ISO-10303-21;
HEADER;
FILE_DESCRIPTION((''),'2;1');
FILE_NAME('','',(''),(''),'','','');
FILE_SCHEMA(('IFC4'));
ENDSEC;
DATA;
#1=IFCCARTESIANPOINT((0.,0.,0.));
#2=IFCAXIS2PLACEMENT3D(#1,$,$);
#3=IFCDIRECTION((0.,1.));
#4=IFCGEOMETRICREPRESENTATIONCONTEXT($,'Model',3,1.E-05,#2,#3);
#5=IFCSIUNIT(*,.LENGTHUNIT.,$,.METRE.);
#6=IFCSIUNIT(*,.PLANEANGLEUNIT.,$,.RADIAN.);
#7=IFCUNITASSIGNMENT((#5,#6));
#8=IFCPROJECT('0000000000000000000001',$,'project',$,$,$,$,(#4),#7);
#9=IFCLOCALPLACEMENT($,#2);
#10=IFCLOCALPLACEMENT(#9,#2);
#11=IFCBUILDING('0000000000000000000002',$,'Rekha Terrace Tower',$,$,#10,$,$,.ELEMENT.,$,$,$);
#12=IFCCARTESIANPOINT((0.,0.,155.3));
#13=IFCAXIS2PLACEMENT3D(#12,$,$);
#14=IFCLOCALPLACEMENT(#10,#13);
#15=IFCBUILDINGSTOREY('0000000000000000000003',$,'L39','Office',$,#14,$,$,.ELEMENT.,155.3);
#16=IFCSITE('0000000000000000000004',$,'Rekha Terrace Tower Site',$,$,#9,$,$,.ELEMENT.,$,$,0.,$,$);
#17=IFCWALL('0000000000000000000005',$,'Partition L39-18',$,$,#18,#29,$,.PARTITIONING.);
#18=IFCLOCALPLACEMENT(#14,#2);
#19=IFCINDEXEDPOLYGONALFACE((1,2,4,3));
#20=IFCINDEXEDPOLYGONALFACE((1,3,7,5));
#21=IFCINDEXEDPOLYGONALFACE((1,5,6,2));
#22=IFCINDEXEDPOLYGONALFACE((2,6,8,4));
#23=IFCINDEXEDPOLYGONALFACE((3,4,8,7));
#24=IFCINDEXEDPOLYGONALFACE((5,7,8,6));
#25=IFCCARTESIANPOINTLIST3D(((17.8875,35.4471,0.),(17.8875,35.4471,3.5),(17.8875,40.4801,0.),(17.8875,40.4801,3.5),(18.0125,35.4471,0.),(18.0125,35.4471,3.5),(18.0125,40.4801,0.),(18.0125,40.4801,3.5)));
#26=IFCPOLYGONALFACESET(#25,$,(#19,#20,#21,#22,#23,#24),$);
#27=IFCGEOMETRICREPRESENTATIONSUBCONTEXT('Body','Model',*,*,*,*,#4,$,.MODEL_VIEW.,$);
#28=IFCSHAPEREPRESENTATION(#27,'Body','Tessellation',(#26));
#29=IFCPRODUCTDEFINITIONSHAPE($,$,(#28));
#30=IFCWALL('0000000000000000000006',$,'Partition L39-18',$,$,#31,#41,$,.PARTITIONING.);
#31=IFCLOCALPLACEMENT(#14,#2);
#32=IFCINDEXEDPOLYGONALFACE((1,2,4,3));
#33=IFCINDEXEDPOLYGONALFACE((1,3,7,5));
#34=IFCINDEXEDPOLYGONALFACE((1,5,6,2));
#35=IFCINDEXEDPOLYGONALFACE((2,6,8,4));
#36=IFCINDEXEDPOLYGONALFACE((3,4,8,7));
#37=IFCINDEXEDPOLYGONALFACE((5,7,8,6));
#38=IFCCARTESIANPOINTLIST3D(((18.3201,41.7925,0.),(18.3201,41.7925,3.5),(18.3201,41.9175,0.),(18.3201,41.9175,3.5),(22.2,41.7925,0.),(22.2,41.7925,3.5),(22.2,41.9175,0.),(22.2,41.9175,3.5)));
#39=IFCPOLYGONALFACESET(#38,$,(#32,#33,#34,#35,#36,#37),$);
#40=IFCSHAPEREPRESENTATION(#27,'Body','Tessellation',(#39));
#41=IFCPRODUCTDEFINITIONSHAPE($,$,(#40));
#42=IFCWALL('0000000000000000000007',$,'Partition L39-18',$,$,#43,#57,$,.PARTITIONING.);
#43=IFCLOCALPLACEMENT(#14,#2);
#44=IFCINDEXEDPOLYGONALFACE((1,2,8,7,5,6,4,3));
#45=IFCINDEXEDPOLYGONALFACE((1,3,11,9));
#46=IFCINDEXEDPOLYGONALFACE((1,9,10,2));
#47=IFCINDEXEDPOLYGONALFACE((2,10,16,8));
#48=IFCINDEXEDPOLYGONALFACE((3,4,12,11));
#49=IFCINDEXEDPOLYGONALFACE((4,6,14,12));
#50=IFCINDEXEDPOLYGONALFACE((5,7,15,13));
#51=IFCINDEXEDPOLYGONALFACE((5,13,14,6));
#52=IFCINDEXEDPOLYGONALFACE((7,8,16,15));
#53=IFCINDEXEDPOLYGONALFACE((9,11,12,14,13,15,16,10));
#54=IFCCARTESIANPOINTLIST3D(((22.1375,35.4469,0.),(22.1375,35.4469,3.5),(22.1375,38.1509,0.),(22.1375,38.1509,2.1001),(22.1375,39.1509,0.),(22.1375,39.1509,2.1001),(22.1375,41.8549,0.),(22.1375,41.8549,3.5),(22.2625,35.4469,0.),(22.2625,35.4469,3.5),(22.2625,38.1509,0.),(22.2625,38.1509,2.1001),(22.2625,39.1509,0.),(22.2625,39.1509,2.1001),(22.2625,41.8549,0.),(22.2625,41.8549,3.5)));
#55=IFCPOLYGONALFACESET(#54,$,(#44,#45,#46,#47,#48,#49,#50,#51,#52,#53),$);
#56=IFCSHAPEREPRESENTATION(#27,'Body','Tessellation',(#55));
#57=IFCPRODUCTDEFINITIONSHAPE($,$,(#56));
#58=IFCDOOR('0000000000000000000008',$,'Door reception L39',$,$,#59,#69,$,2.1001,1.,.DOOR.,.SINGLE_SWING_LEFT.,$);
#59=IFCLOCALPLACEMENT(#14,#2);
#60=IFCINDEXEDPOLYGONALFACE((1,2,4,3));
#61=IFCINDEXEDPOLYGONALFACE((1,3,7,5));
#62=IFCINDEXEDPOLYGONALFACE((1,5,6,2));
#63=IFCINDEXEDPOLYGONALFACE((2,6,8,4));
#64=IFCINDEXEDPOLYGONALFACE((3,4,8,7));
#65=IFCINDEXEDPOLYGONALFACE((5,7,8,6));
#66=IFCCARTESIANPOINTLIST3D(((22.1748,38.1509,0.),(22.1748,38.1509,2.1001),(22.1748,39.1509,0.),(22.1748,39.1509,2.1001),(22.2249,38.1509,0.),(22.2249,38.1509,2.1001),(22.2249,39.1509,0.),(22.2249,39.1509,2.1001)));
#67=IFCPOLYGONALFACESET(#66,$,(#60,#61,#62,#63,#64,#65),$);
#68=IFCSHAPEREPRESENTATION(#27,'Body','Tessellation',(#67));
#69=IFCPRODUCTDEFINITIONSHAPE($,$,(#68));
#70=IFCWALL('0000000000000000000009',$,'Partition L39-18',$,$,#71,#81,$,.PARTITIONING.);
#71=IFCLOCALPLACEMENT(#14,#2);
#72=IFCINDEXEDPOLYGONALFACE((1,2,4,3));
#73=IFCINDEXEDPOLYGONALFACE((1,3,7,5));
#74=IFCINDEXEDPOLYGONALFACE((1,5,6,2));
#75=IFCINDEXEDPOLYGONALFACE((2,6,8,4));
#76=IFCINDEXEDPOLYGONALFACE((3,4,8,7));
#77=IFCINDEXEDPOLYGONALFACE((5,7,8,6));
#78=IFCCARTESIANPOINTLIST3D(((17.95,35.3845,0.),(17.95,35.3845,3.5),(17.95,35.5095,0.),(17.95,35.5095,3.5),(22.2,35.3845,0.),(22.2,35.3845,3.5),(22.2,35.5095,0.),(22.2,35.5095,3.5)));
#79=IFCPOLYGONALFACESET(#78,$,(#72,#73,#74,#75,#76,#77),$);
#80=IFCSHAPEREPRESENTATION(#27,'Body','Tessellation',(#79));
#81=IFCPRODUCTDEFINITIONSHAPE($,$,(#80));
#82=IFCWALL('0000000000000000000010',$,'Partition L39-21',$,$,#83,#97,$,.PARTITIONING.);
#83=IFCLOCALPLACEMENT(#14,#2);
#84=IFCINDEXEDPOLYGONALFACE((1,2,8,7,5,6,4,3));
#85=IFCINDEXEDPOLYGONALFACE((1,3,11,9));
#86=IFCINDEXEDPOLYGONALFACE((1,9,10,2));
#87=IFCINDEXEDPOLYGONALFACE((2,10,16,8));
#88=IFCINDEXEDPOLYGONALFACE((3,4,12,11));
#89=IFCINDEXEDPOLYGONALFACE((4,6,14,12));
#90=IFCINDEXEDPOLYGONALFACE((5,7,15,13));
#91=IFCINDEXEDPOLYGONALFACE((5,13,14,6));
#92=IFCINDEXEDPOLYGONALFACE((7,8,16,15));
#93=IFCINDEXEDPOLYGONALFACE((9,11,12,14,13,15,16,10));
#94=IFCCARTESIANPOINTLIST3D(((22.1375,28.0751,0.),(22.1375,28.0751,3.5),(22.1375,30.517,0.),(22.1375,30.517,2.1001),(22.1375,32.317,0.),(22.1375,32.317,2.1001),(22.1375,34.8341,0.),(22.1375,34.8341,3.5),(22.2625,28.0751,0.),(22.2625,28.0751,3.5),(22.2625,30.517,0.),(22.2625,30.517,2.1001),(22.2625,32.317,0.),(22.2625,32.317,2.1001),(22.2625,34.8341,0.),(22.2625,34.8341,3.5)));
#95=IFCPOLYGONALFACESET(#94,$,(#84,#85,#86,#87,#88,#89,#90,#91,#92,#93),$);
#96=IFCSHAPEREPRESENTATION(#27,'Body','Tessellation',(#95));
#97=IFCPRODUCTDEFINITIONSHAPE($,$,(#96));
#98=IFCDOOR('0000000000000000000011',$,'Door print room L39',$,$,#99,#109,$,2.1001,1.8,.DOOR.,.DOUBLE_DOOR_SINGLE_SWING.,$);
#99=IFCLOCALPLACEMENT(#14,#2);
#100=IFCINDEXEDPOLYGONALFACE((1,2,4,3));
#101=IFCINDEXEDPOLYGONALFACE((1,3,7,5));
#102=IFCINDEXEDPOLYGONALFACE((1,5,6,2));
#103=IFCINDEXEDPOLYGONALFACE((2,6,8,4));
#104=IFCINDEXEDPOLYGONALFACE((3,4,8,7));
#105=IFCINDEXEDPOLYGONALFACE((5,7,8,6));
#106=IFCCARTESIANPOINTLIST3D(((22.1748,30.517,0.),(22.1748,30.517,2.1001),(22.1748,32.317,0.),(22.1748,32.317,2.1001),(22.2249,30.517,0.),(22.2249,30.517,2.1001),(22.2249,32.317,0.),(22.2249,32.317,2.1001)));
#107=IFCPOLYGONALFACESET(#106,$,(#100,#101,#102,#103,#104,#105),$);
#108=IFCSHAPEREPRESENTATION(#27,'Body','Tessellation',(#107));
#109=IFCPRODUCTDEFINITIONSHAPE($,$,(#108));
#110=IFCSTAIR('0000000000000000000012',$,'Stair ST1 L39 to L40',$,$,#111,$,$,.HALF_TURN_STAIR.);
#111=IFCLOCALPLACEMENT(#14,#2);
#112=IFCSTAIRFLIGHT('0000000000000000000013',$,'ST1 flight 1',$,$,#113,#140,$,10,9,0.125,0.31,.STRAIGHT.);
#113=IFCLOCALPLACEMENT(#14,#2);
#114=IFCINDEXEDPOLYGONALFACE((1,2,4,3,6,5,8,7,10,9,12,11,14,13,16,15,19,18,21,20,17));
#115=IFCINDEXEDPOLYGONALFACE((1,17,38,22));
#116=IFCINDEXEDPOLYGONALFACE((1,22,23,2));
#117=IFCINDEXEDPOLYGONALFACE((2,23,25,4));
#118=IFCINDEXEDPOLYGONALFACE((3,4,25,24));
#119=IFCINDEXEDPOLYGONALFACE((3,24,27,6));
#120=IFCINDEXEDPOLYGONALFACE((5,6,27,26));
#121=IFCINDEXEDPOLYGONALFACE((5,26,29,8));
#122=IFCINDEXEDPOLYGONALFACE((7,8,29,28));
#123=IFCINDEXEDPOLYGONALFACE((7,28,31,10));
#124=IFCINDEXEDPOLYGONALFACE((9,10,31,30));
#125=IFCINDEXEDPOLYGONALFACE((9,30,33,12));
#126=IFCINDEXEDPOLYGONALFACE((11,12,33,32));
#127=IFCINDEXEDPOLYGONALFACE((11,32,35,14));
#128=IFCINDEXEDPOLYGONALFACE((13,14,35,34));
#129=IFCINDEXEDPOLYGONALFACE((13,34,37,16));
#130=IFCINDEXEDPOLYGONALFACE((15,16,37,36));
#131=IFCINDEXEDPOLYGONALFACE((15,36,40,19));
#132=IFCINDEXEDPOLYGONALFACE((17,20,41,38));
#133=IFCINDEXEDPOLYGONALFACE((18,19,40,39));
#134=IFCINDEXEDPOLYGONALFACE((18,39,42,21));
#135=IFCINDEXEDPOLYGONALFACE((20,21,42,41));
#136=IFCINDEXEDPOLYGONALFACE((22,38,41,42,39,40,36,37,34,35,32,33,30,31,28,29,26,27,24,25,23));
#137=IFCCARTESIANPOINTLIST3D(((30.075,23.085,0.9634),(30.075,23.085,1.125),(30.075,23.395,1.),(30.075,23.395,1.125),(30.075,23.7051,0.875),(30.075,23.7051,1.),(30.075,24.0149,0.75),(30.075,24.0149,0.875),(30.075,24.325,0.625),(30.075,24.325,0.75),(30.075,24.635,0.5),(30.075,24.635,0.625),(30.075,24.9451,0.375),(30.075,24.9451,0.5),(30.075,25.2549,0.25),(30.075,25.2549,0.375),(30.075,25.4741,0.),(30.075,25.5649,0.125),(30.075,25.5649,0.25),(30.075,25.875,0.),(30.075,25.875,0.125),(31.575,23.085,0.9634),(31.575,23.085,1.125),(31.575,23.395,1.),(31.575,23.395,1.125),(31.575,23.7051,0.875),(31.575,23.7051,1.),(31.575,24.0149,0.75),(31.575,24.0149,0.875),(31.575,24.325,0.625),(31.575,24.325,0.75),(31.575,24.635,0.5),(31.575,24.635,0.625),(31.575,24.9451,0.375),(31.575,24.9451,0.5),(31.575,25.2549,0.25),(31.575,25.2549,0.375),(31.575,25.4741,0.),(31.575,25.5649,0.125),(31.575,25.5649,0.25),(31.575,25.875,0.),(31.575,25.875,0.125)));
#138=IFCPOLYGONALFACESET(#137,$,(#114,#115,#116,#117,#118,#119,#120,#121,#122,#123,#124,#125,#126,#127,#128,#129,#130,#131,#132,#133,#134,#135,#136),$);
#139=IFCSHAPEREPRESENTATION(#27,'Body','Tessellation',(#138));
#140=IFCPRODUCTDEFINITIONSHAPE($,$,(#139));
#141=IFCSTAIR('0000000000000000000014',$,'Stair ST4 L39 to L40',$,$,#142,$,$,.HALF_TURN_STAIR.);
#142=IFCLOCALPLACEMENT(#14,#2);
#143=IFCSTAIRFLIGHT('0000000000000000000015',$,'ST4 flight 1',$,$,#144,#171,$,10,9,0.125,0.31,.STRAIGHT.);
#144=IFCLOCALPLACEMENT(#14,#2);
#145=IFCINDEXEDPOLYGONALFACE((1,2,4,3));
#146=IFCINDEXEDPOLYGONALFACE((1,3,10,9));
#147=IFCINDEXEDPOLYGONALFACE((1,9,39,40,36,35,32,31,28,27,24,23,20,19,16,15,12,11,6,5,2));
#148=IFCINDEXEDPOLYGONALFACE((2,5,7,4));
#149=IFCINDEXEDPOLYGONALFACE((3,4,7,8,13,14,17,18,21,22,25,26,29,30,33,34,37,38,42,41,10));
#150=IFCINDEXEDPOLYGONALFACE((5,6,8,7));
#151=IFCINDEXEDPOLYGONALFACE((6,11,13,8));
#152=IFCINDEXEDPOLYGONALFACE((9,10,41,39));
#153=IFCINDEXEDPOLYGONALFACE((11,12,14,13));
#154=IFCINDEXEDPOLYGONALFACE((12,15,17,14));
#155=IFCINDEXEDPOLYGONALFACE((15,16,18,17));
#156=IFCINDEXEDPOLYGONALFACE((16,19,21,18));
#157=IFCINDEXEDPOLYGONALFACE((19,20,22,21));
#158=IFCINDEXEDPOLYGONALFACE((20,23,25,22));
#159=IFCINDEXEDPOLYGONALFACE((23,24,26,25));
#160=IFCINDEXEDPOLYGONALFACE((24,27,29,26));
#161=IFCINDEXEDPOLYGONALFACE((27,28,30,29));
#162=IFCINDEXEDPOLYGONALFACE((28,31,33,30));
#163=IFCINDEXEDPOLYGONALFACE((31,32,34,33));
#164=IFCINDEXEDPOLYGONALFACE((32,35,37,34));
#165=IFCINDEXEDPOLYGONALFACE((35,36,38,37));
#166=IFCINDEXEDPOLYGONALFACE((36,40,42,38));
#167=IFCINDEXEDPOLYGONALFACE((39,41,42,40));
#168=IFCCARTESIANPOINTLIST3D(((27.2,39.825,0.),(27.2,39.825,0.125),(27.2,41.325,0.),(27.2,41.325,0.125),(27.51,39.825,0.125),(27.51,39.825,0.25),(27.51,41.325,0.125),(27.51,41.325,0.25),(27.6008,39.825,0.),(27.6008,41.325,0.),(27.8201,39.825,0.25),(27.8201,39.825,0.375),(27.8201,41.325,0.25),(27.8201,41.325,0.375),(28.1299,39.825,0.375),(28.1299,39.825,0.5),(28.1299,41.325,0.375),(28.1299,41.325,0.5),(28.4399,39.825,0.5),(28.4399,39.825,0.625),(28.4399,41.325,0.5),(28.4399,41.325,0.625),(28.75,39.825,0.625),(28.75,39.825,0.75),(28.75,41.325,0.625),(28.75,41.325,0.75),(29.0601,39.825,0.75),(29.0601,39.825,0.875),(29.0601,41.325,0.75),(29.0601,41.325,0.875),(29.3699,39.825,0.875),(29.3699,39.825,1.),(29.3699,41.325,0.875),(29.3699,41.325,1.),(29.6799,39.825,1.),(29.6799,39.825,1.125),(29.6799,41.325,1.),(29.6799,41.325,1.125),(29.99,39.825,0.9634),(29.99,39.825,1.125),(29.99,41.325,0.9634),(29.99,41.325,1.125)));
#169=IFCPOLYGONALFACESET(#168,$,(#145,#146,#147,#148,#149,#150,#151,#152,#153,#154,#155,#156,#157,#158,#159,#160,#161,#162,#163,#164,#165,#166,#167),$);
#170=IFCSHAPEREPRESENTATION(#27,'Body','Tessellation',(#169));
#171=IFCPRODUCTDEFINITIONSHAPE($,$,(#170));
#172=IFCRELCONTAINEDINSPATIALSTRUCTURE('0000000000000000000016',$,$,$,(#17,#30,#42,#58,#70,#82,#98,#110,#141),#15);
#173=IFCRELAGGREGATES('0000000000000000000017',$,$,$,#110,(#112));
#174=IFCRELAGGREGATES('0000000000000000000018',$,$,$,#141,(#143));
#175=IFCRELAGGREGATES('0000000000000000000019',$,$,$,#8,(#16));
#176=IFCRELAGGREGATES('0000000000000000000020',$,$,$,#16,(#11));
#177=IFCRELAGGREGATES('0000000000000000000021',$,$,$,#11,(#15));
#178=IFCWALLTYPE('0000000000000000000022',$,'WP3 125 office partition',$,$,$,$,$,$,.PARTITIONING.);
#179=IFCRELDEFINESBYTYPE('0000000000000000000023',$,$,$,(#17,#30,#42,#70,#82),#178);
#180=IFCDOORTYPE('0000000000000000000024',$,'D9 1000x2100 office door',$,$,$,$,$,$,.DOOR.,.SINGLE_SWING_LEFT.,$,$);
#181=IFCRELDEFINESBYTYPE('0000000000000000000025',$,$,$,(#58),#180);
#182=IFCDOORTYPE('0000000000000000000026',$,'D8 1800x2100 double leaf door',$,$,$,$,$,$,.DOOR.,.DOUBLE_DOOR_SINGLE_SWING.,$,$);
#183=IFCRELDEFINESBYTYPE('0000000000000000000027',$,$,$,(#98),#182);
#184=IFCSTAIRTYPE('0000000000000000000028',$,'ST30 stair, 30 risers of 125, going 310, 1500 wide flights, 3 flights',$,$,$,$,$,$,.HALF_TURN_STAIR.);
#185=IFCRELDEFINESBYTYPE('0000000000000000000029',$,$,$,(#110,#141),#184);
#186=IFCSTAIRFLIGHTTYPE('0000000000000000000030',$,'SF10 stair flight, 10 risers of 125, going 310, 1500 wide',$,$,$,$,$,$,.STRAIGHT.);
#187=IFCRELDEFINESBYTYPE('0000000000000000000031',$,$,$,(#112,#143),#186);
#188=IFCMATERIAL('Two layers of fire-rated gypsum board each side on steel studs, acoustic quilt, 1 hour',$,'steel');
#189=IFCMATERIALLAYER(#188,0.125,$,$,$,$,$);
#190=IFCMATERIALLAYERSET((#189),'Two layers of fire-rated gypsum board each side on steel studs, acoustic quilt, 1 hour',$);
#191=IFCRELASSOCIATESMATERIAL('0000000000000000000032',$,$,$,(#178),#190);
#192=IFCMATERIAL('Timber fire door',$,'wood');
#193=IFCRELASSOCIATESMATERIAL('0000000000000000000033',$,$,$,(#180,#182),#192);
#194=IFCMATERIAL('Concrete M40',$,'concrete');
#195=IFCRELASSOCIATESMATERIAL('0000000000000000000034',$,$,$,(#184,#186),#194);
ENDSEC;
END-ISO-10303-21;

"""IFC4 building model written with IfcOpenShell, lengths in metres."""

from ifc_helpers import new_model, si_unit, direction, frame, frame_2d, origin, place, context, subcontext, project, spatial, polyline, rectangle, outline, extrude, material, layer, layer_set, type_object, element, fill, aggregate, save


model = new_model("IFC4")

# Units and contexts
model_context = context("Model", 3, precision=1e-05, world=origin(), true_north=direction((0.0, 1.0)))
body_context = subcontext(model_context, "Body", "Model", "MODEL_VIEW")
ifc_project = project(units=[si_unit("LENGTHUNIT", "METRE"), si_unit("PLANEANGLEUNIT", "RADIAN")], contexts=[model_context])

# Site, building, storey
site_placement = place(None, origin())
site = spatial("IfcSite", under=ifc_project, at=site_placement, Name="Rekha Terrace Tower Site", CompositionType="ELEMENT", RefElevation=0.0)
building_placement = place(site_placement, origin())
building = spatial("IfcBuilding", under=site, at=building_placement, Name="Rekha Terrace Tower", CompositionType="ELEMENT")
storey_placement = place(building_placement, frame((0.0, 0.0, 155.3)))
storey = spatial("IfcBuildingStorey", under=building, at=storey_placement, Name="L39", Description="Office", CompositionType="ELEMENT", Elevation=155.3)

# Walls
ifc_material_1 = material(Name="Two layers of fire-rated gypsum board each side on steel studs, acoustic quilt, 1 hour", Category="steel")
ifc_layer_1 = layer(ifc_material_1, 0.125)
ifc_layer_set_1 = layer_set([ifc_layer_1], Name="Two layers of fire-rated gypsum board each side on steel studs, acoustic quilt, 1 hour")
wall_type_1 = type_object("IfcWallType", Name="WP3 125 office partition", PredefinedType="PARTITIONING", material=ifc_layer_set_1)
wall_1_placement = place(storey_placement, frame((17.95, 35.447, 0.0), z_axis=(0.0, 0.0, 1.0), x_axis=(0.0, 1.0, 0.0)))
element("IfcWall", 1, at=wall_1_placement, inside=storey, type_object=wall_type_1, Name="Partition L39-18", PredefinedType="PARTITIONING", context=body_context, shape_type="SweptSolid", body=[
    extrude(rectangle(XDim=5.033, YDim=0.125, at=frame_2d((2.5166, 0.0))), origin(), (0.0, 0.0, 1.0), 3.5),
])
wall_2_placement = place(storey_placement, frame((18.3201, 41.855, 0.0), z_axis=(0.0, 0.0, 1.0), x_axis=(1.0, 0.0, 0.0)))
element("IfcWall", 2, at=wall_2_placement, inside=storey, type_object=wall_type_1, Name="Partition L39-18", PredefinedType="PARTITIONING", context=body_context, shape_type="SweptSolid", body=[
    extrude(rectangle(XDim=3.8799, YDim=0.125, at=frame_2d((1.9399, 0.0))), origin(), (0.0, 0.0, 1.0), 3.5),
])

# Wall, opening, door
wall_3_placement = place(storey_placement, frame((22.2, 41.855, 0.0), z_axis=(0.0, 0.0, 1.0), x_axis=(0.0, -1.0, 0.0)))
wall_3 = element("IfcWall", 3, at=wall_3_placement, inside=storey, type_object=wall_type_1, Name="Partition L39-18", PredefinedType="PARTITIONING", context=body_context, shape_type="SweptSolid", body=[
    extrude(rectangle(XDim=6.408, YDim=0.125, at=frame_2d((3.2041, 0.0))), origin(), (0.0, 0.0, 1.0), 3.5),
])
opening_1_placement = place(wall_3_placement, frame((2.7041, 0.0, 0.0)))
opening_1 = element("IfcOpeningElement", 4, at=opening_1_placement, cuts=wall_3, PredefinedType="OPENING", context=body_context, shape_type="SweptSolid", body=[
    extrude(rectangle(XDim=1.0, YDim=2.1001, at=frame_2d((0.5, 1.05))), frame((0.0, 0.0725, 0.0), z_axis=(0.0, -1.0, 0.0), x_axis=(1.0, 0.0, 0.0)), (0.0, 0.0, 1.0), 0.145),
])
ifc_material_2 = material(Name="Timber fire door", Category="wood")
door_type_1 = type_object("IfcDoorType", Name="D9 1000x2100 office door", OperationType="SINGLE_SWING_LEFT", PredefinedType="DOOR", material=ifc_material_2)
door_1_placement = place(opening_1_placement, origin())
door_1 = element("IfcDoor", 5, at=door_1_placement, inside=storey, type_object=door_type_1, Name="Door reception L39", OperationType="SINGLE_SWING_LEFT", OverallHeight=2.1001, OverallWidth=1.0, PredefinedType="DOOR", context=body_context, shape_type="SweptSolid", body=[
    extrude(rectangle(XDim=1.0, YDim=2.1001, at=frame_2d((0.5, 1.05))), frame((0.0, 0.0249, 0.0), z_axis=(0.0, -1.0, 0.0), x_axis=(1.0, 0.0, 0.0)), (0.0, 0.0, 1.0), 0.05),
])
fill(opening_1, door_1)

# Wall
wall_4_placement = place(storey_placement, frame((22.2, 35.447, 0.0), z_axis=(0.0, 0.0, 1.0), x_axis=(-1.0, 0.0, 0.0)))
element("IfcWall", 6, at=wall_4_placement, inside=storey, type_object=wall_type_1, Name="Partition L39-18", PredefinedType="PARTITIONING", context=body_context, shape_type="SweptSolid", body=[
    extrude(rectangle(XDim=4.25, YDim=0.125, at=frame_2d((2.125, 0.0))), origin(), (0.0, 0.0, 1.0), 3.5),
])

# Wall, opening, door
wall_5_placement = place(storey_placement, frame((22.2, 34.834, 0.0), z_axis=(0.0, 0.0, 1.0), x_axis=(0.0, -1.0, 0.0)))
wall_5 = element("IfcWall", 7, at=wall_5_placement, inside=storey, type_object=wall_type_1, Name="Partition L39-21", PredefinedType="PARTITIONING", context=body_context, shape_type="SweptSolid", body=[
    extrude(rectangle(XDim=6.759, YDim=0.125, at=frame_2d((3.3794, 0.0))), origin(), (0.0, 0.0, 1.0), 3.5),
])
opening_2_placement = place(wall_5_placement, frame((2.5171, 0.0, 0.0)))
opening_2 = element("IfcOpeningElement", 8, at=opening_2_placement, cuts=wall_5, PredefinedType="OPENING", context=body_context, shape_type="SweptSolid", body=[
    extrude(rectangle(XDim=1.8, YDim=2.1001, at=frame_2d((0.8999, 1.05))), frame((0.0, 0.0725, 0.0), z_axis=(0.0, -1.0, 0.0), x_axis=(1.0, 0.0, 0.0)), (0.0, 0.0, 1.0), 0.145),
])
door_type_2 = type_object("IfcDoorType", Name="D8 1800x2100 double leaf door", OperationType="DOUBLE_DOOR_SINGLE_SWING", PredefinedType="DOOR", material=ifc_material_2)
door_2_placement = place(opening_2_placement, origin())
door_2 = element("IfcDoor", 9, at=door_2_placement, inside=storey, type_object=door_type_2, Name="Door print room L39", OperationType="DOUBLE_DOOR_SINGLE_SWING", OverallHeight=2.1001, OverallWidth=1.8, PredefinedType="DOOR", context=body_context, shape_type="SweptSolid", body=[
    extrude(rectangle(XDim=1.8, YDim=2.1001, at=frame_2d((0.8999, 1.05))), frame((0.0, 0.0249, 0.0), z_axis=(0.0, -1.0, 0.0), x_axis=(1.0, 0.0, 0.0)), (0.0, 0.0, 1.0), 0.05),
])
fill(opening_2, door_2)

# Stair, stair flight
ifc_material_3 = material(Name="Concrete M40", Category="concrete")
stair_type = type_object("IfcStairType", Name="ST30 stair, 30 risers of 125, going 310, 1500 wide flights, 3 flights", PredefinedType="HALF_TURN_STAIR", material=ifc_material_3)
stair_1_placement = place(storey_placement, origin())
stair_1 = element("IfcStair", 10, at=stair_1_placement, inside=storey, type_object=stair_type, Name="Stair ST1 L39 to L40", PredefinedType="HALF_TURN_STAIR")
stair_flight_type = type_object("IfcStairFlightType", Name="SF10 stair flight, 10 risers of 125, going 310, 1500 wide", PredefinedType="STRAIGHT", material=ifc_material_3)
stair_flight_1_placement = place(storey_placement, frame((30.825, 25.875, 0.0), z_axis=(0.0, 0.0, 1.0), x_axis=(0.0, -1.0, 0.0)))
stair_flight_1 = element("IfcStairFlight", 11, at=stair_flight_1_placement, type_object=stair_flight_type, Name="ST1 flight 1", NumberOfRisers=10, NumberOfTreads=9, PredefinedType="STRAIGHT", RiserHeight=0.125, TreadLength=0.31, context=body_context, shape_type="SweptSolid", body=[
    extrude(outline(polyline([(0.0, 0.0), (0.0, 0.125), (0.3101, 0.125), (0.3101, 0.25), (0.6201, 0.25), (0.6201, 0.375), (0.9299, 0.375), (0.9299, 0.5), (1.24, 0.5), (1.24, 0.625), (1.55, 0.625), (1.55, 0.75), (1.8601, 0.75), (1.8601, 0.875), (2.1699, 0.875), (2.1699, 1.0), (2.48, 1.0), (2.48, 1.125), (2.79, 1.125), (2.79, 1.25), (2.79, 0.9634), (0.4009, 0.0), (0.0, 0.0)])), frame((0.0, 0.75, 0.0), z_axis=(0.0, -1.0, 0.0), x_axis=(1.0, 0.0, 0.0)), (0.0, 0.0, 1.0), 1.5),
])
aggregate(stair_1, [stair_flight_1])

# Stair, stair flight
stair_2_placement = place(storey_placement, origin())
stair_2 = element("IfcStair", 12, at=stair_2_placement, inside=storey, type_object=stair_type, Name="Stair ST4 L39 to L40", PredefinedType="HALF_TURN_STAIR")
stair_flight_2_placement = place(storey_placement, frame((27.2, 40.575, 0.0), z_axis=(0.0, 0.0, 1.0), x_axis=(1.0, 0.0, 0.0)))
stair_flight_2 = element("IfcStairFlight", 13, at=stair_flight_2_placement, type_object=stair_flight_type, Name="ST4 flight 1", NumberOfRisers=10, NumberOfTreads=9, PredefinedType="STRAIGHT", RiserHeight=0.125, TreadLength=0.31, context=body_context, shape_type="SweptSolid", body=[
    extrude(outline(polyline([(0.0, 0.0), (0.0, 0.125), (0.3101, 0.125), (0.3101, 0.25), (0.6201, 0.25), (0.6201, 0.375), (0.9299, 0.375), (0.9299, 0.5), (1.24, 0.5), (1.24, 0.625), (1.55, 0.625), (1.55, 0.75), (1.8601, 0.75), (1.8601, 0.875), (2.1699, 0.875), (2.1699, 1.0), (2.48, 1.0), (2.48, 1.125), (2.79, 1.125), (2.79, 1.25), (2.79, 0.9634), (0.4009, 0.0), (0.0, 0.0)])), frame((0.0, 0.75, 0.0), z_axis=(0.0, -1.0, 0.0), x_axis=(1.0, 0.0, 0.0)), (0.0, 0.0, 1.0), 1.5),
])
aggregate(stair_2, [stair_flight_2])

save(model, "model.ifc")
